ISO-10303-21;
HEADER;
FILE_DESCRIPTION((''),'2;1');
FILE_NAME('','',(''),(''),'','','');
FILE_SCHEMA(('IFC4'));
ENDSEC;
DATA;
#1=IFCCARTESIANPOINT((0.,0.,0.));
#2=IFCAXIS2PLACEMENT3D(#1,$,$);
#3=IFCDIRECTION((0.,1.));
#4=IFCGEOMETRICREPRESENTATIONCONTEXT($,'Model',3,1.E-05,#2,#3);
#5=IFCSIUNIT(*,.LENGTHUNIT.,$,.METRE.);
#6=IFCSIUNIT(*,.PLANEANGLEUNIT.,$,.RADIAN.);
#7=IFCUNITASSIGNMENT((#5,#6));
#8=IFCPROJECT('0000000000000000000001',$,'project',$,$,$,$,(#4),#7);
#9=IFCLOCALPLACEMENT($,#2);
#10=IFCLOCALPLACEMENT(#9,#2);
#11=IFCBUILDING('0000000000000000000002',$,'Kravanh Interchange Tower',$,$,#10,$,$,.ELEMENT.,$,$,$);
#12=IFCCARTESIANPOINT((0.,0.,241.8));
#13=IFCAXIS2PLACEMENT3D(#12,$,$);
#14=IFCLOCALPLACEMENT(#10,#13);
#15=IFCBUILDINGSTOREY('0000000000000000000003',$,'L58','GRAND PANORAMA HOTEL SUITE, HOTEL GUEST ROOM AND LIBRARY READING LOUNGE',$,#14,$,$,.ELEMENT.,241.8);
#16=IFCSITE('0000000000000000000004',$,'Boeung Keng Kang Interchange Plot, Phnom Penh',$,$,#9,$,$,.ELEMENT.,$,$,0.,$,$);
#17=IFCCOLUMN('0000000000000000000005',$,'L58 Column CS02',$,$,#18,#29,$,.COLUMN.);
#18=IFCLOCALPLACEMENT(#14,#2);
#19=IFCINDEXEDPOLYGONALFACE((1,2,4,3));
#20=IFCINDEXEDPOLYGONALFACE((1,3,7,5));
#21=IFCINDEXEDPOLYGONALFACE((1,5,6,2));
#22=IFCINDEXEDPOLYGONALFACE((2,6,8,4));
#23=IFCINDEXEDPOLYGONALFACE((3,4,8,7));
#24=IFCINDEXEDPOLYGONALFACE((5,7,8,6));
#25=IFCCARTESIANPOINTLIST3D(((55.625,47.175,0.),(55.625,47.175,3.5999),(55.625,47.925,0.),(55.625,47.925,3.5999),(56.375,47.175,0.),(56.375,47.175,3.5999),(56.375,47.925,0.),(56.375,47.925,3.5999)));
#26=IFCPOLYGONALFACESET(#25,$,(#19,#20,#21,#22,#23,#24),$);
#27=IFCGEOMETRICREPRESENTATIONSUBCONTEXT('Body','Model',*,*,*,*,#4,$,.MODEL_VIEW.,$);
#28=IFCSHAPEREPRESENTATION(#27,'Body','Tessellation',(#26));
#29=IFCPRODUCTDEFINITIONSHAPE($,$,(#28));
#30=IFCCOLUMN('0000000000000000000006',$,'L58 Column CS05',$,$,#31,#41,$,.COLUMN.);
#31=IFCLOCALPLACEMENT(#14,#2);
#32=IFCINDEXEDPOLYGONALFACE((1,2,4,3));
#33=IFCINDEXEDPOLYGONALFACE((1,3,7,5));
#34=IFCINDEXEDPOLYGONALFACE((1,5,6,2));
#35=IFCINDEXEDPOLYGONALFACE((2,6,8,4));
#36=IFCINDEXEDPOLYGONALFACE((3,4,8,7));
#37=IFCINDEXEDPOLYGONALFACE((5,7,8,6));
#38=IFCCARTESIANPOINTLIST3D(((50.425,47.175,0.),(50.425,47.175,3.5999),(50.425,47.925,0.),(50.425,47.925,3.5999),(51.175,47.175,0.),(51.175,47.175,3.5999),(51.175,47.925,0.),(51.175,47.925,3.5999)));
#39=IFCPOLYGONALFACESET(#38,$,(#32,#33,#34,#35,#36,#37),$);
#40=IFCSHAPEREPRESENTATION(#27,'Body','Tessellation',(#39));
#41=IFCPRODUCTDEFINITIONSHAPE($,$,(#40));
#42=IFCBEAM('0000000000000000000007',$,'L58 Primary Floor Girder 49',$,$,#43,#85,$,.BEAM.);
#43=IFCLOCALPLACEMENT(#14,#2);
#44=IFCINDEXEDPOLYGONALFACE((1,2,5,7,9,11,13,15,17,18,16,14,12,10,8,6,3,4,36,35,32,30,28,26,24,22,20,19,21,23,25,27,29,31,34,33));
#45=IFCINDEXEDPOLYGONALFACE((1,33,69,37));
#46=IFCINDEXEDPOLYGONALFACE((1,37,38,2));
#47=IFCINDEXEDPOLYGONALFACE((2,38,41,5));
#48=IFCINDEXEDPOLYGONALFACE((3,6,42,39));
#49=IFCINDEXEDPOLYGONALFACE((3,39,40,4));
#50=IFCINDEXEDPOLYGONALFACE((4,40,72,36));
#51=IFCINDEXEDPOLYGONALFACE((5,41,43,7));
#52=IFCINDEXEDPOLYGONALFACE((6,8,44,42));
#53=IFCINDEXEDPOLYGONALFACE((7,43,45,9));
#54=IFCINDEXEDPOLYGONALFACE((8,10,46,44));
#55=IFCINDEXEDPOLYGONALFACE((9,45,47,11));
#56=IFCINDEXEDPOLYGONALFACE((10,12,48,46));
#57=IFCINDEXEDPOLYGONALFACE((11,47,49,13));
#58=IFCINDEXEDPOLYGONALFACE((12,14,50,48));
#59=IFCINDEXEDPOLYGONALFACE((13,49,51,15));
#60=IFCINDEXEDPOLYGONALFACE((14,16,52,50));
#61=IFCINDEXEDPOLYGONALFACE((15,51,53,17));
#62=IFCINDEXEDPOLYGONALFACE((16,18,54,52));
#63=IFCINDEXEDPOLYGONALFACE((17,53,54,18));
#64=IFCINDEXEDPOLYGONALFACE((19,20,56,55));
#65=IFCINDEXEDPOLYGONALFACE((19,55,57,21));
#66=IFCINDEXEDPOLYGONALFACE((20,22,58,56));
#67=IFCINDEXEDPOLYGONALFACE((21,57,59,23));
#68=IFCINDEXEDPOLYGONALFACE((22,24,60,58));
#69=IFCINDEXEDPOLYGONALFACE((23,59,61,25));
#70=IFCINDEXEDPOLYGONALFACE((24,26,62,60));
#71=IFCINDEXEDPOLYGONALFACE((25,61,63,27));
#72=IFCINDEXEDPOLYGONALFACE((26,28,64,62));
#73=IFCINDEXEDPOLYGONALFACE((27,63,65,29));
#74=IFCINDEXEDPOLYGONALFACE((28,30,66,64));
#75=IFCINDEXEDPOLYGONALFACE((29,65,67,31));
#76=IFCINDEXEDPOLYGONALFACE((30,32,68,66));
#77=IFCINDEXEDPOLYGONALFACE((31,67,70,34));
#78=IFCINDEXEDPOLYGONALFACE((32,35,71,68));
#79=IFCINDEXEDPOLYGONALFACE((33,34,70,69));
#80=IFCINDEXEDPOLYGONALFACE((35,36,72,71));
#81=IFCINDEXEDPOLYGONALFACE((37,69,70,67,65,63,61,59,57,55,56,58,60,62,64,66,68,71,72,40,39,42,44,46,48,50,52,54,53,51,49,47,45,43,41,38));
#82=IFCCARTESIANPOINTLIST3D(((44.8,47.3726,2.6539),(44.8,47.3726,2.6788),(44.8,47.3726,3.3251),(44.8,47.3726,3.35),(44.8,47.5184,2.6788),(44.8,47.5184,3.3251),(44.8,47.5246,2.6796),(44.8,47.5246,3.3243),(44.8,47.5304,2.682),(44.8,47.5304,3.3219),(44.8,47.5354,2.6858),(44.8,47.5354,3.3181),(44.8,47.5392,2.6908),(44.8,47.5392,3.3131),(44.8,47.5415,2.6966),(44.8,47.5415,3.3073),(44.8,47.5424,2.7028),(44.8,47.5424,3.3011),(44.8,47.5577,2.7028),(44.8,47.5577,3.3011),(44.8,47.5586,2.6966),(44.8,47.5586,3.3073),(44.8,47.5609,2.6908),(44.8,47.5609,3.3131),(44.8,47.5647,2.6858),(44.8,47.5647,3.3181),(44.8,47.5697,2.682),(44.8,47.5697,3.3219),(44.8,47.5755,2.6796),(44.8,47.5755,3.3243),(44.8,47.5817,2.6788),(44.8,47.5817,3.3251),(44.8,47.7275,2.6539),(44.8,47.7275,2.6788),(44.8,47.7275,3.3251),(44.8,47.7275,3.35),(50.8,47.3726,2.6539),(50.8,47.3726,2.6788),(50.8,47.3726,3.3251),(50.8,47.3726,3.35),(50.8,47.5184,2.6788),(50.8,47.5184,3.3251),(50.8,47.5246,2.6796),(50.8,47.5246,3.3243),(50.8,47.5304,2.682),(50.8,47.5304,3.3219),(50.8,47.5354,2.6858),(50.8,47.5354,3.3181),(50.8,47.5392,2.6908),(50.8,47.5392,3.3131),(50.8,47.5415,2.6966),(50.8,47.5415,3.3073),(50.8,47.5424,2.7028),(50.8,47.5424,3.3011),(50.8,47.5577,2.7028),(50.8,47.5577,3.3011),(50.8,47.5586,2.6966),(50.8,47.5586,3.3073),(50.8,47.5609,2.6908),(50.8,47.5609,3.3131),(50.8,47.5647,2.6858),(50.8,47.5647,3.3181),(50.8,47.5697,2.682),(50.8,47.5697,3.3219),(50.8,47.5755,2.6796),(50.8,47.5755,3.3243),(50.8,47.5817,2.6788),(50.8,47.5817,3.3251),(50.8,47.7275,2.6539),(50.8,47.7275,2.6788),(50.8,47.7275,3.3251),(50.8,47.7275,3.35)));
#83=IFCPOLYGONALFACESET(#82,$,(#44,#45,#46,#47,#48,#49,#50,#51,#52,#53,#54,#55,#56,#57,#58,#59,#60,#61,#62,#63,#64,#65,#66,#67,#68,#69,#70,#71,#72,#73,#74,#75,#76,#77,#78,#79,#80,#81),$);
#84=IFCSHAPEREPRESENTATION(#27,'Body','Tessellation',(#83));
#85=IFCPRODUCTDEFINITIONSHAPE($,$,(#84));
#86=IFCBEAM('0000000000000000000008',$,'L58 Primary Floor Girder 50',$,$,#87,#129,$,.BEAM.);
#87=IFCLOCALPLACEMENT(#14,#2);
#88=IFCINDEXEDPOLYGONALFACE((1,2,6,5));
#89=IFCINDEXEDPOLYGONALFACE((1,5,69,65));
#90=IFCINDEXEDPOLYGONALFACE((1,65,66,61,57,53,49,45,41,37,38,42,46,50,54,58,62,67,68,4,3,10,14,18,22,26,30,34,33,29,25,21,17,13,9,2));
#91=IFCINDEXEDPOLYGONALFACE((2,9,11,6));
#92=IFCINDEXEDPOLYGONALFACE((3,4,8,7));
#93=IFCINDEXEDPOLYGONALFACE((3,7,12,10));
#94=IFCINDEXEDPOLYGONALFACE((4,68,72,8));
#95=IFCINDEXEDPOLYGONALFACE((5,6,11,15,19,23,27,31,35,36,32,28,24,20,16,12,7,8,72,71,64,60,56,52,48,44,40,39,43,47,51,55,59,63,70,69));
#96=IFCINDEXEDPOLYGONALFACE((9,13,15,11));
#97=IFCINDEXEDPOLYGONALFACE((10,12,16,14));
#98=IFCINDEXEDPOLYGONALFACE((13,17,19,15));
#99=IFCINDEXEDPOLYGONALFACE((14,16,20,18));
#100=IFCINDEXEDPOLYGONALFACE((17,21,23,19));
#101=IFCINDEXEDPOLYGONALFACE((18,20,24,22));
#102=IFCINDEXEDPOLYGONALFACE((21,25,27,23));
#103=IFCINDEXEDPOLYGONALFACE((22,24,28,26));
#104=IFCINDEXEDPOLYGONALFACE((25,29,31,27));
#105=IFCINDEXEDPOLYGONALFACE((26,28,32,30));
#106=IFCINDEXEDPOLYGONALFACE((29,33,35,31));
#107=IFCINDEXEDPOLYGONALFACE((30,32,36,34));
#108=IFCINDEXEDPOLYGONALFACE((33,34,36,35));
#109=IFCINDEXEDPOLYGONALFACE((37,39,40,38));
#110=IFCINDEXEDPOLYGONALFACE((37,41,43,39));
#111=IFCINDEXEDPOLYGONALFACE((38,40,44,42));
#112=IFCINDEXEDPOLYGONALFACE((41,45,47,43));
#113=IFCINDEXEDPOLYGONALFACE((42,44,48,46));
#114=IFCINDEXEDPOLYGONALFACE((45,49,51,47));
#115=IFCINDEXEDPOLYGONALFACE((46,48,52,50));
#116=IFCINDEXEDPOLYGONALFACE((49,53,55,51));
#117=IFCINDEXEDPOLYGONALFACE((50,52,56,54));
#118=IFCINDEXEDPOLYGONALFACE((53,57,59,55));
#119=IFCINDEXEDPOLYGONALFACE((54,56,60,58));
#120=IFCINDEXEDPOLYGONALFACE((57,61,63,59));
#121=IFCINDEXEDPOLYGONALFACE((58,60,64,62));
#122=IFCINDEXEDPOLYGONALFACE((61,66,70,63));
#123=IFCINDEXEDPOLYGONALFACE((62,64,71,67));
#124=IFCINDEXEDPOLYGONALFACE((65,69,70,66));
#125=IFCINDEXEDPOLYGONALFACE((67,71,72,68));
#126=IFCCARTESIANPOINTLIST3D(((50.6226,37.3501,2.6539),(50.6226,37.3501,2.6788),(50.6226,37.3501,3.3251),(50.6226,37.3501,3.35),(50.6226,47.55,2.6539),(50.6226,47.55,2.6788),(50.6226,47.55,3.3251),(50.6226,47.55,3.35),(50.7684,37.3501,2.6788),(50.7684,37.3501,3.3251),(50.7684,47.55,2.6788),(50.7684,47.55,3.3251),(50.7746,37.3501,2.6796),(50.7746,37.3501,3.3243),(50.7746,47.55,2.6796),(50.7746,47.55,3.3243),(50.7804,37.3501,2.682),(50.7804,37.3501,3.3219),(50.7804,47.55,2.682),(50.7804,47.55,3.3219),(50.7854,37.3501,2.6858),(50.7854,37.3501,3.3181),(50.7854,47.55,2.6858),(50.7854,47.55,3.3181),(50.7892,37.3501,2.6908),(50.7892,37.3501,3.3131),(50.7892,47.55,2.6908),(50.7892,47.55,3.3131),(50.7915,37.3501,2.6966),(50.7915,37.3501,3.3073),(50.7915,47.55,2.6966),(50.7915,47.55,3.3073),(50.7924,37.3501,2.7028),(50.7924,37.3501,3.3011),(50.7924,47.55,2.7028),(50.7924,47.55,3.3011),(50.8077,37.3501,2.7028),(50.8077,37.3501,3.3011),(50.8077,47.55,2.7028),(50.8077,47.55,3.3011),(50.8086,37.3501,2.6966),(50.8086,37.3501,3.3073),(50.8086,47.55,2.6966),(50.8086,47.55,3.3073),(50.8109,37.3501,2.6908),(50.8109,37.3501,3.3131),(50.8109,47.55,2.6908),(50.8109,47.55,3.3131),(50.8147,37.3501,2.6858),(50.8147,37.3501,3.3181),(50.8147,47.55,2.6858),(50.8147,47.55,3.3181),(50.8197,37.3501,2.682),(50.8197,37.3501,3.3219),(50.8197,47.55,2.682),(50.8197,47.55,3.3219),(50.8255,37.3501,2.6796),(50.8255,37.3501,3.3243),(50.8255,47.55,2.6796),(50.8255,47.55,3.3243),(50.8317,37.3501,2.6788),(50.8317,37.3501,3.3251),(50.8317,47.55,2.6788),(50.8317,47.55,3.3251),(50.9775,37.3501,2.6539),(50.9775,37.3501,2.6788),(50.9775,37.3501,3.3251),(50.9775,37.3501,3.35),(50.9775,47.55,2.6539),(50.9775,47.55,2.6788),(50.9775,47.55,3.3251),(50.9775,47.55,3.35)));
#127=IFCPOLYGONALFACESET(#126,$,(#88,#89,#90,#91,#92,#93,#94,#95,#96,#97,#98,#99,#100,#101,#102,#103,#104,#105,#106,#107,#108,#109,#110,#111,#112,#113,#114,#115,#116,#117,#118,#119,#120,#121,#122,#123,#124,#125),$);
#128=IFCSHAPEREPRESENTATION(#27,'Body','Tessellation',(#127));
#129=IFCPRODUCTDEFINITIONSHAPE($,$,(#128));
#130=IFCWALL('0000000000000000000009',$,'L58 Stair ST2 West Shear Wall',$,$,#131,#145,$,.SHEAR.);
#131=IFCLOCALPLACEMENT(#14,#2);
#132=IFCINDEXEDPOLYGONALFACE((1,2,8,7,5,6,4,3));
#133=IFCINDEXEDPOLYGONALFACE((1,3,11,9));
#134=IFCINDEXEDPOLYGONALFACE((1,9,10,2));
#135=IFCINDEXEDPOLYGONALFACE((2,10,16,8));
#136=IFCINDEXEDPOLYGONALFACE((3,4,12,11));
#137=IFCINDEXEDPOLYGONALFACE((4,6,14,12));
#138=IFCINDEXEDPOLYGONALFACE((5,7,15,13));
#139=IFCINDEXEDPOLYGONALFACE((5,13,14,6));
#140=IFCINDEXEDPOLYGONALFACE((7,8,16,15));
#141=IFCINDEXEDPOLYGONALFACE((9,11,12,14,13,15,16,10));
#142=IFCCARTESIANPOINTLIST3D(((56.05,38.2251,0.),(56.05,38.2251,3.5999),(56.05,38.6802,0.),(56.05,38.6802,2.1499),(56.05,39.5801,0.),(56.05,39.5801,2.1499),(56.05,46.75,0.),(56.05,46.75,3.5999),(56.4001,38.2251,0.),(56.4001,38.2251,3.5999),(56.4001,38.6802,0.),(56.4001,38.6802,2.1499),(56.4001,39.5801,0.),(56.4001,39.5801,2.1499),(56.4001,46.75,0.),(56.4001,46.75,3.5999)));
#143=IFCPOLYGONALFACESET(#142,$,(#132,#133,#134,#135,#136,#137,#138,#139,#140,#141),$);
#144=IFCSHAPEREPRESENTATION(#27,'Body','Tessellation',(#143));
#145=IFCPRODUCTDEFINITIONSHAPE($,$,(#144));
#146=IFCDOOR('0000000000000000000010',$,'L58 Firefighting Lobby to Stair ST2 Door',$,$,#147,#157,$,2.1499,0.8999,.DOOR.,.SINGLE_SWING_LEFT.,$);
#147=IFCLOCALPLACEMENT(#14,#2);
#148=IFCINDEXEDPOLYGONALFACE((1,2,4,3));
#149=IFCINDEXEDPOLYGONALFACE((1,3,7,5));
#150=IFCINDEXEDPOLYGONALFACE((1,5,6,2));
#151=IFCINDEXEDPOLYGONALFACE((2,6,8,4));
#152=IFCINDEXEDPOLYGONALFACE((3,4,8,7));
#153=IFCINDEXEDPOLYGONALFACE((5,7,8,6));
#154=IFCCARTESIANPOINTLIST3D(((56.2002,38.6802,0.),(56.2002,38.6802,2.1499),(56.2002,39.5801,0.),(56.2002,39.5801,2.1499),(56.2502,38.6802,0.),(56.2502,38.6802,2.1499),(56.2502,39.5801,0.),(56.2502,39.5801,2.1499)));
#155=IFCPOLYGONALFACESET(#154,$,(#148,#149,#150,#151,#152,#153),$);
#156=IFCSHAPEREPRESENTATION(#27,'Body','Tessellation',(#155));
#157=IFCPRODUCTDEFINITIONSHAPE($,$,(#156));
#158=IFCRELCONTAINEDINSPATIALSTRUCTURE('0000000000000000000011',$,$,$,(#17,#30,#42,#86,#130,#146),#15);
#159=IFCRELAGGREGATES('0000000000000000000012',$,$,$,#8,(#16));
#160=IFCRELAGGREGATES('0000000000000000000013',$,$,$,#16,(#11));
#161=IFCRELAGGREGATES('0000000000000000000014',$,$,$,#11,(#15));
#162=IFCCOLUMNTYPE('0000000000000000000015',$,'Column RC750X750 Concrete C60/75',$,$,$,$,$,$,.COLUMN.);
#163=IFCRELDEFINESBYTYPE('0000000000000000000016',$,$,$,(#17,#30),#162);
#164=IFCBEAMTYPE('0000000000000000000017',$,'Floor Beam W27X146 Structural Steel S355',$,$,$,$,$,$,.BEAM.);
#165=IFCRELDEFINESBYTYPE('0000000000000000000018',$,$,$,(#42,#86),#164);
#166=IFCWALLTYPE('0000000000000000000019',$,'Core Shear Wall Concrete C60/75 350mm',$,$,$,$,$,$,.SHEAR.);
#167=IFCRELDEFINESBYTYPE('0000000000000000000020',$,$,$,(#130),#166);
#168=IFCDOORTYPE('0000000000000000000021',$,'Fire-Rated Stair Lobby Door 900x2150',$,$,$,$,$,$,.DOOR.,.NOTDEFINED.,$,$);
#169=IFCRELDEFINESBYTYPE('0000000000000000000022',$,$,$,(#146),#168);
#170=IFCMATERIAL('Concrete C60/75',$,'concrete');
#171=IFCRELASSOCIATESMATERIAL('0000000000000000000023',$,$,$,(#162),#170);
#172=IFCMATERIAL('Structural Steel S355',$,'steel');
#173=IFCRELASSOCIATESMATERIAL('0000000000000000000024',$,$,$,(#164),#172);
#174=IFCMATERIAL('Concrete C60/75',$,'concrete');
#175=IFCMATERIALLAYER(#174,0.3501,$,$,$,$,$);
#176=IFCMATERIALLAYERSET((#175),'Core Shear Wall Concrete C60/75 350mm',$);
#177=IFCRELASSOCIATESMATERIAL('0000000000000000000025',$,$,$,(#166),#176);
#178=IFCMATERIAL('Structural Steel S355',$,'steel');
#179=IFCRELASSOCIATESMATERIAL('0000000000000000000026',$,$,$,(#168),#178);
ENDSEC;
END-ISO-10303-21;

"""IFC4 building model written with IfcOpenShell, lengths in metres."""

from ifc_helpers import new_model, si_unit, direction, frame, frame_2d, origin, origin_2d, place, context, subcontext, project, spatial, rectangle, i_section, extrude, material, layer, layer_set, material_profile, profile_set, type_object, element, fill, save


model = new_model("IFC4")

# Units and contexts
model_context = context("Model", 3, precision=1e-05, world=origin(), true_north=direction((0.0, 1.0)))
body_context = subcontext(model_context, "Body", "Model", "MODEL_VIEW")
ifc_project = project(units=[si_unit("LENGTHUNIT", "METRE"), si_unit("PLANEANGLEUNIT", "RADIAN")], contexts=[model_context])

# Site, building, storey
site_placement = place(None, origin())
site = spatial("IfcSite", under=ifc_project, at=site_placement, Name="Boeung Keng Kang Interchange Plot, Phnom Penh", CompositionType="ELEMENT", RefElevation=0.0)
building_placement = place(site_placement, origin())
building = spatial("IfcBuilding", under=site, at=building_placement, Name="Kravanh Interchange Tower", CompositionType="ELEMENT")
storey_placement = place(building_placement, frame((0.0, 0.0, 241.8)))
storey = spatial("IfcBuildingStorey", under=building, at=storey_placement, Name="L58", Description="GRAND PANORAMA HOTEL SUITE, HOTEL GUEST ROOM AND LIBRARY READING LOUNGE", CompositionType="ELEMENT", Elevation=241.8)

# Columns
ifc_material_1 = material(Name="Concrete C60/75", Category="concrete")
ifc_material_profile_1 = material_profile(ifc_material_1, rectangle(XDim=0.75, YDim=0.75, at=origin_2d()), Name="RC750X750")
ifc_profile_set_1 = profile_set([ifc_material_profile_1], Name="Concrete C60/75")
column_type = type_object("IfcColumnType", Name="Column RC750X750 Concrete C60/75", PredefinedType="COLUMN", material=ifc_profile_set_1)
for number, where, z_axis, x_axis, name in (
    (1, (56.0, 47.55, 0.0), (0.0, 0.0, 1.0), (1.0, 0.0, 0.0), "L58 Column CS02"),
    (2, (50.8, 47.55, 0.0), (0.0, 0.0, 1.0), (1.0, 0.0, 0.0), "L58 Column CS05"),
):
    element("IfcColumn", number, at=place(storey_placement, frame(where, z_axis=z_axis, x_axis=x_axis)), inside=storey, type_object=column_type, Name=name, PredefinedType="COLUMN", context=body_context, shape_type="SweptSolid", body=[
        extrude(rectangle(XDim=0.75, YDim=0.75, at=origin_2d()), origin(), (0.0, 0.0, 1.0), 3.5999),
    ])

# Beams
ifc_material_2 = material(Name="Structural Steel S355", Category="steel")
ifc_material_profile_2 = material_profile(ifc_material_2, i_section(OverallWidth=0.355, OverallDepth=0.696, WebThickness=0.0154, FlangeThickness=0.0249, FilletRadius=0.0239, at=origin_2d()), Name="W27X146")
ifc_profile_set_2 = profile_set([ifc_material_profile_2], Name="Structural Steel S355")
beam_type = type_object("IfcBeamType", Name="Floor Beam W27X146 Structural Steel S355", PredefinedType="BEAM", material=ifc_profile_set_2)
beam_1_placement = place(storey_placement, frame((50.8, 47.55, 3.002), z_axis=(-1.0, 0.0, 0.0), x_axis=(0.0, -1.0, 0.0)))
element("IfcBeam", 3, at=beam_1_placement, inside=storey, type_object=beam_type, Name="L58 Primary Floor Girder 49", PredefinedType="BEAM", context=body_context, shape_type="SweptSolid", body=[
    extrude(i_section(OverallWidth=0.355, OverallDepth=0.696, WebThickness=0.0154, FlangeThickness=0.0249, FilletRadius=0.0239, at=origin_2d()), origin(), (0.0, 0.0, 1.0), 6.0),
])
beam_2_placement = place(storey_placement, frame((50.8, 47.55, 3.002), z_axis=(0.0, -1.0, 0.0), x_axis=(1.0, 0.0, 0.0)))
element("IfcBeam", 4, at=beam_2_placement, inside=storey, type_object=beam_type, Name="L58 Primary Floor Girder 50", PredefinedType="BEAM", context=body_context, shape_type="SweptSolid", body=[
    extrude(i_section(OverallWidth=0.355, OverallDepth=0.696, WebThickness=0.0154, FlangeThickness=0.0249, FilletRadius=0.0239, at=origin_2d()), origin(), (0.0, 0.0, 1.0), 10.2),
])

# Wall, opening, door
ifc_material_3 = material(Name="Concrete C60/75", Category="concrete")
ifc_layer_1 = layer(ifc_material_3, 0.3501)
ifc_layer_set_1 = layer_set([ifc_layer_1], Name="Core Shear Wall Concrete C60/75 350mm")
wall_type_1 = type_object("IfcWallType", Name="Core Shear Wall Concrete C60/75 350mm", PredefinedType="SHEAR", material=ifc_layer_set_1)
wall_1_placement = place(storey_placement, frame((56.2251, 38.2251, 0.0), z_axis=(0.0, 0.0, 1.0), x_axis=(0.0, 1.0, 0.0)))
wall_1 = element("IfcWall", 5, at=wall_1_placement, inside=storey, type_object=wall_type_1, Name="L58 Stair ST2 West Shear Wall", PredefinedType="SHEAR", context=body_context, shape_type="SweptSolid", body=[
    extrude(rectangle(XDim=8.5249, YDim=0.3501, at=frame_2d((4.2625, 0.0))), origin(), (0.0, 0.0, 1.0), 3.5999),
])
opening_1_placement = place(wall_1_placement, frame((0.4551, 0.0, 0.0)))
opening_1 = element("IfcOpeningElement", 6, at=opening_1_placement, cuts=wall_1, PredefinedType="OPENING", context=body_context, shape_type="SweptSolid", body=[
    extrude(rectangle(XDim=0.8999, YDim=2.1499, at=frame_2d((0.45, 1.075))), frame((0.0, 0.1851, 0.0), z_axis=(0.0, -1.0, 0.0), x_axis=(1.0, 0.0, 0.0)), (0.0, 0.0, 1.0), 0.3701),
])
ifc_material_4 = material(Name="Structural Steel S355", Category="steel")
door_type_1 = type_object("IfcDoorType", Name="Fire-Rated Stair Lobby Door 900x2150", OperationType="NOTDEFINED", PredefinedType="DOOR", material=ifc_material_4)
door_1_placement = place(opening_1_placement, origin())
door_1 = element("IfcDoor", 7, at=door_1_placement, inside=storey, type_object=door_type_1, Name="L58 Firefighting Lobby to Stair ST2 Door", OperationType="SINGLE_SWING_LEFT", OverallHeight=2.1499, OverallWidth=0.8999, PredefinedType="DOOR", context=body_context, shape_type="SweptSolid", body=[
    extrude(rectangle(XDim=0.8999, YDim=2.1499, at=frame_2d((0.45, 1.075))), frame((0.0, 0.0249, 0.0), z_axis=(0.0, -1.0, 0.0), x_axis=(1.0, 0.0, 0.0)), (0.0, 0.0, 1.0), 0.05),
])
fill(opening_1, door_1)

save(model, "model.ifc")
